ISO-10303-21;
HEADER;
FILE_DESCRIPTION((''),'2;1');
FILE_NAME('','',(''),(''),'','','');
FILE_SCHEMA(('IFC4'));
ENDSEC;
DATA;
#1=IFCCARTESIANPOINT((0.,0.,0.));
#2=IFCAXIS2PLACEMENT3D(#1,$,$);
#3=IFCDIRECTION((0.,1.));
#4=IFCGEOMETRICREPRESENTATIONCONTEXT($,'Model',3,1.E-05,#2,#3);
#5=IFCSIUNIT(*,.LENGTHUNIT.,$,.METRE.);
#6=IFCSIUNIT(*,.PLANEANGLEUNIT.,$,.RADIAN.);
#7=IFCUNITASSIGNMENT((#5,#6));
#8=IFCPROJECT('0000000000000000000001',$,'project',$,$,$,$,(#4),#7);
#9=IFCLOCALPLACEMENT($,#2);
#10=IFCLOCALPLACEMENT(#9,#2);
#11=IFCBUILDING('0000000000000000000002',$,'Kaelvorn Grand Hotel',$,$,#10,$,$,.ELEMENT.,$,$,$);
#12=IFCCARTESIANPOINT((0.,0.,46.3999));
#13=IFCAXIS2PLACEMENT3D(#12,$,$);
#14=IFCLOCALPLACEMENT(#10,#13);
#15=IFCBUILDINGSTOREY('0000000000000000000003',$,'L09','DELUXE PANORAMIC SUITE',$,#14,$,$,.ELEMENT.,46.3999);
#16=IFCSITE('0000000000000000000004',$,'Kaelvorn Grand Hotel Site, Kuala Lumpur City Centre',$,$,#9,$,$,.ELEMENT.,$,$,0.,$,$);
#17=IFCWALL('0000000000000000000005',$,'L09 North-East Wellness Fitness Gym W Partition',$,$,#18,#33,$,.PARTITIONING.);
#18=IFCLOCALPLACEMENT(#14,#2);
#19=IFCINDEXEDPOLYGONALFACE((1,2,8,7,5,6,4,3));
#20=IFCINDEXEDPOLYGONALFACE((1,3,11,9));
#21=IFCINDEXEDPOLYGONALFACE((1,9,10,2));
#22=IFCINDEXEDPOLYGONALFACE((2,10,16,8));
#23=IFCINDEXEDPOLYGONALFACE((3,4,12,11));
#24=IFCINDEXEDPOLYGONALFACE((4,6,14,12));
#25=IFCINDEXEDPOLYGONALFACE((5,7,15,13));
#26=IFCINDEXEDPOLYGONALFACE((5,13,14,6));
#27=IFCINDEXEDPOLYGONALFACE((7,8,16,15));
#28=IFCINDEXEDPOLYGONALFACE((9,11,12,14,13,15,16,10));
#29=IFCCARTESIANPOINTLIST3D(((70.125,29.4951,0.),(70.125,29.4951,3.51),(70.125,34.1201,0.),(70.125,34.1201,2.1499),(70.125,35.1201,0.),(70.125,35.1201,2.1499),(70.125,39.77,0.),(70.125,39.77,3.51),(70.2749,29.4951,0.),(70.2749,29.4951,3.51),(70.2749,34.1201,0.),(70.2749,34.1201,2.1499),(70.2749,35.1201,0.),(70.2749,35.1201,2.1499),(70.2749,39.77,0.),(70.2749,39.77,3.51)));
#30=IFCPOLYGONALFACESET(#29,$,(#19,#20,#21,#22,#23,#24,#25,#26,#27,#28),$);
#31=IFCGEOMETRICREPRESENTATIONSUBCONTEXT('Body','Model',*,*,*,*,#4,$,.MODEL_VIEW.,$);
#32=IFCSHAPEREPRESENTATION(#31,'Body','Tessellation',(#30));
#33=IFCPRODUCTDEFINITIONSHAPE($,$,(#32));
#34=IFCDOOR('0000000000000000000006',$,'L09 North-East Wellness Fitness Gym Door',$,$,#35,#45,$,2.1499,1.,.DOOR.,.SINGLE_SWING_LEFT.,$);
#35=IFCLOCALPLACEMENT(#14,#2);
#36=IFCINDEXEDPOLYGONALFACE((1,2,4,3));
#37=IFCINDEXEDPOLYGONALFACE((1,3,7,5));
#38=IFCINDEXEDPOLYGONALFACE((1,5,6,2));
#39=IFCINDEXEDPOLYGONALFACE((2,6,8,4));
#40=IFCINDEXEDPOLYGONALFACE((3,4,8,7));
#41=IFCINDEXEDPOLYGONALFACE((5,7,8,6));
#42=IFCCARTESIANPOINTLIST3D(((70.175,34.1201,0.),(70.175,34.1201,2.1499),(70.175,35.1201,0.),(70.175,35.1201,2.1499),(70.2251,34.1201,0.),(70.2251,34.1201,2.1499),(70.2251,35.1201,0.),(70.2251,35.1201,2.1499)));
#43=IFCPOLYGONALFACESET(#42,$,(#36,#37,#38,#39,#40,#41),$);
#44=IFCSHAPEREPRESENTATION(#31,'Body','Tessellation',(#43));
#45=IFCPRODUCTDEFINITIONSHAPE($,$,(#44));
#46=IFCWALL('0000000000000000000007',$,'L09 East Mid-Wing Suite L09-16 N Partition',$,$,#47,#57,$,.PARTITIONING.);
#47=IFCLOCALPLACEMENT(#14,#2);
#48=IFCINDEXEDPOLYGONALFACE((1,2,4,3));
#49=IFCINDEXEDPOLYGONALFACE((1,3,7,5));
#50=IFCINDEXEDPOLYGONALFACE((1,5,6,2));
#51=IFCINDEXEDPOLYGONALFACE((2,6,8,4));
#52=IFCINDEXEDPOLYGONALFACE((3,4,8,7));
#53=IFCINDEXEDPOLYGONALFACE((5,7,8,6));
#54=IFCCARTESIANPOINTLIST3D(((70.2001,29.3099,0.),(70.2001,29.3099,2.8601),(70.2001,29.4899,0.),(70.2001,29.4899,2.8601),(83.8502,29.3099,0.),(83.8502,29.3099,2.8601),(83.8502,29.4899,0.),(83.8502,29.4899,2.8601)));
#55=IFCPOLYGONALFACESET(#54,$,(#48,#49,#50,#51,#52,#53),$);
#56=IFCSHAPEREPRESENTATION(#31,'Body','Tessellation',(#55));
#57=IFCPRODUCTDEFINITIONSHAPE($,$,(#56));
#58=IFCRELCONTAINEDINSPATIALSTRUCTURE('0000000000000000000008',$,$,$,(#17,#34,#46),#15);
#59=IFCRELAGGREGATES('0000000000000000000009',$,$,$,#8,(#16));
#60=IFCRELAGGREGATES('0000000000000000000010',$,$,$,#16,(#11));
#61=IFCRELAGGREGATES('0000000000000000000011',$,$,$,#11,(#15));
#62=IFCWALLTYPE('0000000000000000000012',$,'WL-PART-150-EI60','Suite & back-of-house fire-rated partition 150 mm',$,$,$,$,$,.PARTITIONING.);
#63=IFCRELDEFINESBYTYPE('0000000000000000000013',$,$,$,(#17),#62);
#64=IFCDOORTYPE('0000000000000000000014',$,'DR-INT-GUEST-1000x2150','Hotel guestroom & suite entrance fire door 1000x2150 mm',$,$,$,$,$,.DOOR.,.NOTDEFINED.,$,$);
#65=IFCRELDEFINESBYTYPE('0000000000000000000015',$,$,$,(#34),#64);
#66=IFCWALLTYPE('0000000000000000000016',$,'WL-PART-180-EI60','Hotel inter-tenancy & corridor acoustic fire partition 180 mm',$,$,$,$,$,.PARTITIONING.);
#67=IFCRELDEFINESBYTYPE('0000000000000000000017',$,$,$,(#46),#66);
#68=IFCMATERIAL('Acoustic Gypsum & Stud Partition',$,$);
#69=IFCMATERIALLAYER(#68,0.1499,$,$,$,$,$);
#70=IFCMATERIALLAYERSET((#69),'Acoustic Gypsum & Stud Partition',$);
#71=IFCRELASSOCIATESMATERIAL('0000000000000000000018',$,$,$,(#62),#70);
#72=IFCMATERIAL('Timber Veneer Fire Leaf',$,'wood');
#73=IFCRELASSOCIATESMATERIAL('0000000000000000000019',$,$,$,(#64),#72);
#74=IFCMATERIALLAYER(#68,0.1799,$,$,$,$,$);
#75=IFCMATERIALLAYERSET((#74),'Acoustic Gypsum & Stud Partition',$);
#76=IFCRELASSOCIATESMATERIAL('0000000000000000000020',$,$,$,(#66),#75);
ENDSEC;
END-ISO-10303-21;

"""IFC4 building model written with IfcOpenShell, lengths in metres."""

from ifc_helpers import new_model, si_unit, direction, frame, frame_2d, origin, place, context, subcontext, project, spatial, rectangle, extrude, material, layer, layer_set, type_object, element, fill, save


model = new_model("IFC4")

# Units and contexts
model_context = context("Model", 3, precision=1e-05, world=origin(), true_north=direction((0.0, 1.0)))
body_context = subcontext(model_context, "Body", "Model", "MODEL_VIEW")
ifc_project = project(units=[si_unit("LENGTHUNIT", "METRE"), si_unit("PLANEANGLEUNIT", "RADIAN")], contexts=[model_context])

# Site, building, storey
site_placement = place(None, origin())
site = spatial("IfcSite", under=ifc_project, at=site_placement, Name="Kaelvorn Grand Hotel Site, Kuala Lumpur City Centre", CompositionType="ELEMENT", RefElevation=0.0)
building_placement = place(site_placement, origin())
building = spatial("IfcBuilding", under=site, at=building_placement, Name="Kaelvorn Grand Hotel", CompositionType="ELEMENT")
storey_placement = place(building_placement, frame((0.0, 0.0, 46.3999)))
storey = spatial("IfcBuildingStorey", under=building, at=storey_placement, Name="L09", Description="DELUXE PANORAMIC SUITE", CompositionType="ELEMENT", Elevation=46.3999)

# Wall, opening, door
ifc_material_1 = material(Name="Acoustic Gypsum & Stud Partition")
ifc_layer_1 = layer(ifc_material_1, 0.1499)
ifc_layer_set_1 = layer_set([ifc_layer_1], Name="Acoustic Gypsum & Stud Partition")
wall_type_1 = type_object("IfcWallType", Name="WL-PART-150-EI60", Description="Suite & back-of-house fire-rated partition 150 mm", PredefinedType="PARTITIONING", material=ifc_layer_set_1)
wall_1_placement = place(storey_placement, frame((70.2, 29.4951, 0.0), z_axis=(0.0, 0.0, 1.0), x_axis=(0.0, 1.0, 0.0)))
wall_1 = element("IfcWall", 1, at=wall_1_placement, inside=storey, type_object=wall_type_1, Name="L09 North-East Wellness Fitness Gym W Partition", PredefinedType="PARTITIONING", context=body_context, shape_type="SweptSolid", body=[
    extrude(rectangle(XDim=10.2749, YDim=0.1499, at=frame_2d((5.1375, 0.0))), origin(), (0.0, 0.0, 1.0), 3.51),
])
opening_placement = place(wall_1_placement, frame((4.625, 0.0, 0.0)))
opening = element("IfcOpeningElement", 2, at=opening_placement, cuts=wall_1, PredefinedType="OPENING", context=body_context, shape_type="SweptSolid", body=[
    extrude(rectangle(XDim=1.0, YDim=2.1499, at=frame_2d((0.5, 1.075))), frame((0.0, 0.085, 0.0), z_axis=(0.0, -1.0, 0.0), x_axis=(1.0, 0.0, 0.0)), (0.0, 0.0, 1.0), 0.1699),
])
ifc_material_2 = material(Name="Timber Veneer Fire Leaf", Category="wood")
door_type = type_object("IfcDoorType", Name="DR-INT-GUEST-1000x2150", Description="Hotel guestroom & suite entrance fire door 1000x2150 mm", OperationType="NOTDEFINED", PredefinedType="DOOR", material=ifc_material_2)
door_placement = place(opening_placement, origin())
door = element("IfcDoor", 3, at=door_placement, inside=storey, type_object=door_type, Name="L09 North-East Wellness Fitness Gym Door", OperationType="SINGLE_SWING_LEFT", OverallHeight=2.1499, OverallWidth=1.0, PredefinedType="DOOR", context=body_context, shape_type="SweptSolid", body=[
    extrude(rectangle(XDim=1.0, YDim=2.1499, at=frame_2d((0.5, 1.075))), frame((0.0, 0.0249, 0.0), z_axis=(0.0, -1.0, 0.0), x_axis=(1.0, 0.0, 0.0)), (0.0, 0.0, 1.0), 0.05),
])
fill(opening, door)

# Wall
ifc_layer_2 = layer(ifc_material_1, 0.1799)
ifc_layer_set_2 = layer_set([ifc_layer_2], Name="Acoustic Gypsum & Stud Partition")
wall_type_2 = type_object("IfcWallType", Name="WL-PART-180-EI60", Description="Hotel inter-tenancy & corridor acoustic fire partition 180 mm", PredefinedType="PARTITIONING", material=ifc_layer_set_2)
wall_2_placement = place(storey_placement, frame((70.2, 29.3999, 0.0), z_axis=(0.0, 0.0, 1.0), x_axis=(1.0, 0.0, 0.0)))
element("IfcWall", 4, at=wall_2_placement, inside=storey, type_object=wall_type_2, Name="L09 East Mid-Wing Suite L09-16 N Partition", PredefinedType="PARTITIONING", context=body_context, shape_type="SweptSolid", body=[
    extrude(rectangle(XDim=13.6501, YDim=0.1799, at=frame_2d((6.8252, 0.0))), origin(), (0.0, 0.0, 1.0), 2.8601),
])

save(model, "model.ifc")
